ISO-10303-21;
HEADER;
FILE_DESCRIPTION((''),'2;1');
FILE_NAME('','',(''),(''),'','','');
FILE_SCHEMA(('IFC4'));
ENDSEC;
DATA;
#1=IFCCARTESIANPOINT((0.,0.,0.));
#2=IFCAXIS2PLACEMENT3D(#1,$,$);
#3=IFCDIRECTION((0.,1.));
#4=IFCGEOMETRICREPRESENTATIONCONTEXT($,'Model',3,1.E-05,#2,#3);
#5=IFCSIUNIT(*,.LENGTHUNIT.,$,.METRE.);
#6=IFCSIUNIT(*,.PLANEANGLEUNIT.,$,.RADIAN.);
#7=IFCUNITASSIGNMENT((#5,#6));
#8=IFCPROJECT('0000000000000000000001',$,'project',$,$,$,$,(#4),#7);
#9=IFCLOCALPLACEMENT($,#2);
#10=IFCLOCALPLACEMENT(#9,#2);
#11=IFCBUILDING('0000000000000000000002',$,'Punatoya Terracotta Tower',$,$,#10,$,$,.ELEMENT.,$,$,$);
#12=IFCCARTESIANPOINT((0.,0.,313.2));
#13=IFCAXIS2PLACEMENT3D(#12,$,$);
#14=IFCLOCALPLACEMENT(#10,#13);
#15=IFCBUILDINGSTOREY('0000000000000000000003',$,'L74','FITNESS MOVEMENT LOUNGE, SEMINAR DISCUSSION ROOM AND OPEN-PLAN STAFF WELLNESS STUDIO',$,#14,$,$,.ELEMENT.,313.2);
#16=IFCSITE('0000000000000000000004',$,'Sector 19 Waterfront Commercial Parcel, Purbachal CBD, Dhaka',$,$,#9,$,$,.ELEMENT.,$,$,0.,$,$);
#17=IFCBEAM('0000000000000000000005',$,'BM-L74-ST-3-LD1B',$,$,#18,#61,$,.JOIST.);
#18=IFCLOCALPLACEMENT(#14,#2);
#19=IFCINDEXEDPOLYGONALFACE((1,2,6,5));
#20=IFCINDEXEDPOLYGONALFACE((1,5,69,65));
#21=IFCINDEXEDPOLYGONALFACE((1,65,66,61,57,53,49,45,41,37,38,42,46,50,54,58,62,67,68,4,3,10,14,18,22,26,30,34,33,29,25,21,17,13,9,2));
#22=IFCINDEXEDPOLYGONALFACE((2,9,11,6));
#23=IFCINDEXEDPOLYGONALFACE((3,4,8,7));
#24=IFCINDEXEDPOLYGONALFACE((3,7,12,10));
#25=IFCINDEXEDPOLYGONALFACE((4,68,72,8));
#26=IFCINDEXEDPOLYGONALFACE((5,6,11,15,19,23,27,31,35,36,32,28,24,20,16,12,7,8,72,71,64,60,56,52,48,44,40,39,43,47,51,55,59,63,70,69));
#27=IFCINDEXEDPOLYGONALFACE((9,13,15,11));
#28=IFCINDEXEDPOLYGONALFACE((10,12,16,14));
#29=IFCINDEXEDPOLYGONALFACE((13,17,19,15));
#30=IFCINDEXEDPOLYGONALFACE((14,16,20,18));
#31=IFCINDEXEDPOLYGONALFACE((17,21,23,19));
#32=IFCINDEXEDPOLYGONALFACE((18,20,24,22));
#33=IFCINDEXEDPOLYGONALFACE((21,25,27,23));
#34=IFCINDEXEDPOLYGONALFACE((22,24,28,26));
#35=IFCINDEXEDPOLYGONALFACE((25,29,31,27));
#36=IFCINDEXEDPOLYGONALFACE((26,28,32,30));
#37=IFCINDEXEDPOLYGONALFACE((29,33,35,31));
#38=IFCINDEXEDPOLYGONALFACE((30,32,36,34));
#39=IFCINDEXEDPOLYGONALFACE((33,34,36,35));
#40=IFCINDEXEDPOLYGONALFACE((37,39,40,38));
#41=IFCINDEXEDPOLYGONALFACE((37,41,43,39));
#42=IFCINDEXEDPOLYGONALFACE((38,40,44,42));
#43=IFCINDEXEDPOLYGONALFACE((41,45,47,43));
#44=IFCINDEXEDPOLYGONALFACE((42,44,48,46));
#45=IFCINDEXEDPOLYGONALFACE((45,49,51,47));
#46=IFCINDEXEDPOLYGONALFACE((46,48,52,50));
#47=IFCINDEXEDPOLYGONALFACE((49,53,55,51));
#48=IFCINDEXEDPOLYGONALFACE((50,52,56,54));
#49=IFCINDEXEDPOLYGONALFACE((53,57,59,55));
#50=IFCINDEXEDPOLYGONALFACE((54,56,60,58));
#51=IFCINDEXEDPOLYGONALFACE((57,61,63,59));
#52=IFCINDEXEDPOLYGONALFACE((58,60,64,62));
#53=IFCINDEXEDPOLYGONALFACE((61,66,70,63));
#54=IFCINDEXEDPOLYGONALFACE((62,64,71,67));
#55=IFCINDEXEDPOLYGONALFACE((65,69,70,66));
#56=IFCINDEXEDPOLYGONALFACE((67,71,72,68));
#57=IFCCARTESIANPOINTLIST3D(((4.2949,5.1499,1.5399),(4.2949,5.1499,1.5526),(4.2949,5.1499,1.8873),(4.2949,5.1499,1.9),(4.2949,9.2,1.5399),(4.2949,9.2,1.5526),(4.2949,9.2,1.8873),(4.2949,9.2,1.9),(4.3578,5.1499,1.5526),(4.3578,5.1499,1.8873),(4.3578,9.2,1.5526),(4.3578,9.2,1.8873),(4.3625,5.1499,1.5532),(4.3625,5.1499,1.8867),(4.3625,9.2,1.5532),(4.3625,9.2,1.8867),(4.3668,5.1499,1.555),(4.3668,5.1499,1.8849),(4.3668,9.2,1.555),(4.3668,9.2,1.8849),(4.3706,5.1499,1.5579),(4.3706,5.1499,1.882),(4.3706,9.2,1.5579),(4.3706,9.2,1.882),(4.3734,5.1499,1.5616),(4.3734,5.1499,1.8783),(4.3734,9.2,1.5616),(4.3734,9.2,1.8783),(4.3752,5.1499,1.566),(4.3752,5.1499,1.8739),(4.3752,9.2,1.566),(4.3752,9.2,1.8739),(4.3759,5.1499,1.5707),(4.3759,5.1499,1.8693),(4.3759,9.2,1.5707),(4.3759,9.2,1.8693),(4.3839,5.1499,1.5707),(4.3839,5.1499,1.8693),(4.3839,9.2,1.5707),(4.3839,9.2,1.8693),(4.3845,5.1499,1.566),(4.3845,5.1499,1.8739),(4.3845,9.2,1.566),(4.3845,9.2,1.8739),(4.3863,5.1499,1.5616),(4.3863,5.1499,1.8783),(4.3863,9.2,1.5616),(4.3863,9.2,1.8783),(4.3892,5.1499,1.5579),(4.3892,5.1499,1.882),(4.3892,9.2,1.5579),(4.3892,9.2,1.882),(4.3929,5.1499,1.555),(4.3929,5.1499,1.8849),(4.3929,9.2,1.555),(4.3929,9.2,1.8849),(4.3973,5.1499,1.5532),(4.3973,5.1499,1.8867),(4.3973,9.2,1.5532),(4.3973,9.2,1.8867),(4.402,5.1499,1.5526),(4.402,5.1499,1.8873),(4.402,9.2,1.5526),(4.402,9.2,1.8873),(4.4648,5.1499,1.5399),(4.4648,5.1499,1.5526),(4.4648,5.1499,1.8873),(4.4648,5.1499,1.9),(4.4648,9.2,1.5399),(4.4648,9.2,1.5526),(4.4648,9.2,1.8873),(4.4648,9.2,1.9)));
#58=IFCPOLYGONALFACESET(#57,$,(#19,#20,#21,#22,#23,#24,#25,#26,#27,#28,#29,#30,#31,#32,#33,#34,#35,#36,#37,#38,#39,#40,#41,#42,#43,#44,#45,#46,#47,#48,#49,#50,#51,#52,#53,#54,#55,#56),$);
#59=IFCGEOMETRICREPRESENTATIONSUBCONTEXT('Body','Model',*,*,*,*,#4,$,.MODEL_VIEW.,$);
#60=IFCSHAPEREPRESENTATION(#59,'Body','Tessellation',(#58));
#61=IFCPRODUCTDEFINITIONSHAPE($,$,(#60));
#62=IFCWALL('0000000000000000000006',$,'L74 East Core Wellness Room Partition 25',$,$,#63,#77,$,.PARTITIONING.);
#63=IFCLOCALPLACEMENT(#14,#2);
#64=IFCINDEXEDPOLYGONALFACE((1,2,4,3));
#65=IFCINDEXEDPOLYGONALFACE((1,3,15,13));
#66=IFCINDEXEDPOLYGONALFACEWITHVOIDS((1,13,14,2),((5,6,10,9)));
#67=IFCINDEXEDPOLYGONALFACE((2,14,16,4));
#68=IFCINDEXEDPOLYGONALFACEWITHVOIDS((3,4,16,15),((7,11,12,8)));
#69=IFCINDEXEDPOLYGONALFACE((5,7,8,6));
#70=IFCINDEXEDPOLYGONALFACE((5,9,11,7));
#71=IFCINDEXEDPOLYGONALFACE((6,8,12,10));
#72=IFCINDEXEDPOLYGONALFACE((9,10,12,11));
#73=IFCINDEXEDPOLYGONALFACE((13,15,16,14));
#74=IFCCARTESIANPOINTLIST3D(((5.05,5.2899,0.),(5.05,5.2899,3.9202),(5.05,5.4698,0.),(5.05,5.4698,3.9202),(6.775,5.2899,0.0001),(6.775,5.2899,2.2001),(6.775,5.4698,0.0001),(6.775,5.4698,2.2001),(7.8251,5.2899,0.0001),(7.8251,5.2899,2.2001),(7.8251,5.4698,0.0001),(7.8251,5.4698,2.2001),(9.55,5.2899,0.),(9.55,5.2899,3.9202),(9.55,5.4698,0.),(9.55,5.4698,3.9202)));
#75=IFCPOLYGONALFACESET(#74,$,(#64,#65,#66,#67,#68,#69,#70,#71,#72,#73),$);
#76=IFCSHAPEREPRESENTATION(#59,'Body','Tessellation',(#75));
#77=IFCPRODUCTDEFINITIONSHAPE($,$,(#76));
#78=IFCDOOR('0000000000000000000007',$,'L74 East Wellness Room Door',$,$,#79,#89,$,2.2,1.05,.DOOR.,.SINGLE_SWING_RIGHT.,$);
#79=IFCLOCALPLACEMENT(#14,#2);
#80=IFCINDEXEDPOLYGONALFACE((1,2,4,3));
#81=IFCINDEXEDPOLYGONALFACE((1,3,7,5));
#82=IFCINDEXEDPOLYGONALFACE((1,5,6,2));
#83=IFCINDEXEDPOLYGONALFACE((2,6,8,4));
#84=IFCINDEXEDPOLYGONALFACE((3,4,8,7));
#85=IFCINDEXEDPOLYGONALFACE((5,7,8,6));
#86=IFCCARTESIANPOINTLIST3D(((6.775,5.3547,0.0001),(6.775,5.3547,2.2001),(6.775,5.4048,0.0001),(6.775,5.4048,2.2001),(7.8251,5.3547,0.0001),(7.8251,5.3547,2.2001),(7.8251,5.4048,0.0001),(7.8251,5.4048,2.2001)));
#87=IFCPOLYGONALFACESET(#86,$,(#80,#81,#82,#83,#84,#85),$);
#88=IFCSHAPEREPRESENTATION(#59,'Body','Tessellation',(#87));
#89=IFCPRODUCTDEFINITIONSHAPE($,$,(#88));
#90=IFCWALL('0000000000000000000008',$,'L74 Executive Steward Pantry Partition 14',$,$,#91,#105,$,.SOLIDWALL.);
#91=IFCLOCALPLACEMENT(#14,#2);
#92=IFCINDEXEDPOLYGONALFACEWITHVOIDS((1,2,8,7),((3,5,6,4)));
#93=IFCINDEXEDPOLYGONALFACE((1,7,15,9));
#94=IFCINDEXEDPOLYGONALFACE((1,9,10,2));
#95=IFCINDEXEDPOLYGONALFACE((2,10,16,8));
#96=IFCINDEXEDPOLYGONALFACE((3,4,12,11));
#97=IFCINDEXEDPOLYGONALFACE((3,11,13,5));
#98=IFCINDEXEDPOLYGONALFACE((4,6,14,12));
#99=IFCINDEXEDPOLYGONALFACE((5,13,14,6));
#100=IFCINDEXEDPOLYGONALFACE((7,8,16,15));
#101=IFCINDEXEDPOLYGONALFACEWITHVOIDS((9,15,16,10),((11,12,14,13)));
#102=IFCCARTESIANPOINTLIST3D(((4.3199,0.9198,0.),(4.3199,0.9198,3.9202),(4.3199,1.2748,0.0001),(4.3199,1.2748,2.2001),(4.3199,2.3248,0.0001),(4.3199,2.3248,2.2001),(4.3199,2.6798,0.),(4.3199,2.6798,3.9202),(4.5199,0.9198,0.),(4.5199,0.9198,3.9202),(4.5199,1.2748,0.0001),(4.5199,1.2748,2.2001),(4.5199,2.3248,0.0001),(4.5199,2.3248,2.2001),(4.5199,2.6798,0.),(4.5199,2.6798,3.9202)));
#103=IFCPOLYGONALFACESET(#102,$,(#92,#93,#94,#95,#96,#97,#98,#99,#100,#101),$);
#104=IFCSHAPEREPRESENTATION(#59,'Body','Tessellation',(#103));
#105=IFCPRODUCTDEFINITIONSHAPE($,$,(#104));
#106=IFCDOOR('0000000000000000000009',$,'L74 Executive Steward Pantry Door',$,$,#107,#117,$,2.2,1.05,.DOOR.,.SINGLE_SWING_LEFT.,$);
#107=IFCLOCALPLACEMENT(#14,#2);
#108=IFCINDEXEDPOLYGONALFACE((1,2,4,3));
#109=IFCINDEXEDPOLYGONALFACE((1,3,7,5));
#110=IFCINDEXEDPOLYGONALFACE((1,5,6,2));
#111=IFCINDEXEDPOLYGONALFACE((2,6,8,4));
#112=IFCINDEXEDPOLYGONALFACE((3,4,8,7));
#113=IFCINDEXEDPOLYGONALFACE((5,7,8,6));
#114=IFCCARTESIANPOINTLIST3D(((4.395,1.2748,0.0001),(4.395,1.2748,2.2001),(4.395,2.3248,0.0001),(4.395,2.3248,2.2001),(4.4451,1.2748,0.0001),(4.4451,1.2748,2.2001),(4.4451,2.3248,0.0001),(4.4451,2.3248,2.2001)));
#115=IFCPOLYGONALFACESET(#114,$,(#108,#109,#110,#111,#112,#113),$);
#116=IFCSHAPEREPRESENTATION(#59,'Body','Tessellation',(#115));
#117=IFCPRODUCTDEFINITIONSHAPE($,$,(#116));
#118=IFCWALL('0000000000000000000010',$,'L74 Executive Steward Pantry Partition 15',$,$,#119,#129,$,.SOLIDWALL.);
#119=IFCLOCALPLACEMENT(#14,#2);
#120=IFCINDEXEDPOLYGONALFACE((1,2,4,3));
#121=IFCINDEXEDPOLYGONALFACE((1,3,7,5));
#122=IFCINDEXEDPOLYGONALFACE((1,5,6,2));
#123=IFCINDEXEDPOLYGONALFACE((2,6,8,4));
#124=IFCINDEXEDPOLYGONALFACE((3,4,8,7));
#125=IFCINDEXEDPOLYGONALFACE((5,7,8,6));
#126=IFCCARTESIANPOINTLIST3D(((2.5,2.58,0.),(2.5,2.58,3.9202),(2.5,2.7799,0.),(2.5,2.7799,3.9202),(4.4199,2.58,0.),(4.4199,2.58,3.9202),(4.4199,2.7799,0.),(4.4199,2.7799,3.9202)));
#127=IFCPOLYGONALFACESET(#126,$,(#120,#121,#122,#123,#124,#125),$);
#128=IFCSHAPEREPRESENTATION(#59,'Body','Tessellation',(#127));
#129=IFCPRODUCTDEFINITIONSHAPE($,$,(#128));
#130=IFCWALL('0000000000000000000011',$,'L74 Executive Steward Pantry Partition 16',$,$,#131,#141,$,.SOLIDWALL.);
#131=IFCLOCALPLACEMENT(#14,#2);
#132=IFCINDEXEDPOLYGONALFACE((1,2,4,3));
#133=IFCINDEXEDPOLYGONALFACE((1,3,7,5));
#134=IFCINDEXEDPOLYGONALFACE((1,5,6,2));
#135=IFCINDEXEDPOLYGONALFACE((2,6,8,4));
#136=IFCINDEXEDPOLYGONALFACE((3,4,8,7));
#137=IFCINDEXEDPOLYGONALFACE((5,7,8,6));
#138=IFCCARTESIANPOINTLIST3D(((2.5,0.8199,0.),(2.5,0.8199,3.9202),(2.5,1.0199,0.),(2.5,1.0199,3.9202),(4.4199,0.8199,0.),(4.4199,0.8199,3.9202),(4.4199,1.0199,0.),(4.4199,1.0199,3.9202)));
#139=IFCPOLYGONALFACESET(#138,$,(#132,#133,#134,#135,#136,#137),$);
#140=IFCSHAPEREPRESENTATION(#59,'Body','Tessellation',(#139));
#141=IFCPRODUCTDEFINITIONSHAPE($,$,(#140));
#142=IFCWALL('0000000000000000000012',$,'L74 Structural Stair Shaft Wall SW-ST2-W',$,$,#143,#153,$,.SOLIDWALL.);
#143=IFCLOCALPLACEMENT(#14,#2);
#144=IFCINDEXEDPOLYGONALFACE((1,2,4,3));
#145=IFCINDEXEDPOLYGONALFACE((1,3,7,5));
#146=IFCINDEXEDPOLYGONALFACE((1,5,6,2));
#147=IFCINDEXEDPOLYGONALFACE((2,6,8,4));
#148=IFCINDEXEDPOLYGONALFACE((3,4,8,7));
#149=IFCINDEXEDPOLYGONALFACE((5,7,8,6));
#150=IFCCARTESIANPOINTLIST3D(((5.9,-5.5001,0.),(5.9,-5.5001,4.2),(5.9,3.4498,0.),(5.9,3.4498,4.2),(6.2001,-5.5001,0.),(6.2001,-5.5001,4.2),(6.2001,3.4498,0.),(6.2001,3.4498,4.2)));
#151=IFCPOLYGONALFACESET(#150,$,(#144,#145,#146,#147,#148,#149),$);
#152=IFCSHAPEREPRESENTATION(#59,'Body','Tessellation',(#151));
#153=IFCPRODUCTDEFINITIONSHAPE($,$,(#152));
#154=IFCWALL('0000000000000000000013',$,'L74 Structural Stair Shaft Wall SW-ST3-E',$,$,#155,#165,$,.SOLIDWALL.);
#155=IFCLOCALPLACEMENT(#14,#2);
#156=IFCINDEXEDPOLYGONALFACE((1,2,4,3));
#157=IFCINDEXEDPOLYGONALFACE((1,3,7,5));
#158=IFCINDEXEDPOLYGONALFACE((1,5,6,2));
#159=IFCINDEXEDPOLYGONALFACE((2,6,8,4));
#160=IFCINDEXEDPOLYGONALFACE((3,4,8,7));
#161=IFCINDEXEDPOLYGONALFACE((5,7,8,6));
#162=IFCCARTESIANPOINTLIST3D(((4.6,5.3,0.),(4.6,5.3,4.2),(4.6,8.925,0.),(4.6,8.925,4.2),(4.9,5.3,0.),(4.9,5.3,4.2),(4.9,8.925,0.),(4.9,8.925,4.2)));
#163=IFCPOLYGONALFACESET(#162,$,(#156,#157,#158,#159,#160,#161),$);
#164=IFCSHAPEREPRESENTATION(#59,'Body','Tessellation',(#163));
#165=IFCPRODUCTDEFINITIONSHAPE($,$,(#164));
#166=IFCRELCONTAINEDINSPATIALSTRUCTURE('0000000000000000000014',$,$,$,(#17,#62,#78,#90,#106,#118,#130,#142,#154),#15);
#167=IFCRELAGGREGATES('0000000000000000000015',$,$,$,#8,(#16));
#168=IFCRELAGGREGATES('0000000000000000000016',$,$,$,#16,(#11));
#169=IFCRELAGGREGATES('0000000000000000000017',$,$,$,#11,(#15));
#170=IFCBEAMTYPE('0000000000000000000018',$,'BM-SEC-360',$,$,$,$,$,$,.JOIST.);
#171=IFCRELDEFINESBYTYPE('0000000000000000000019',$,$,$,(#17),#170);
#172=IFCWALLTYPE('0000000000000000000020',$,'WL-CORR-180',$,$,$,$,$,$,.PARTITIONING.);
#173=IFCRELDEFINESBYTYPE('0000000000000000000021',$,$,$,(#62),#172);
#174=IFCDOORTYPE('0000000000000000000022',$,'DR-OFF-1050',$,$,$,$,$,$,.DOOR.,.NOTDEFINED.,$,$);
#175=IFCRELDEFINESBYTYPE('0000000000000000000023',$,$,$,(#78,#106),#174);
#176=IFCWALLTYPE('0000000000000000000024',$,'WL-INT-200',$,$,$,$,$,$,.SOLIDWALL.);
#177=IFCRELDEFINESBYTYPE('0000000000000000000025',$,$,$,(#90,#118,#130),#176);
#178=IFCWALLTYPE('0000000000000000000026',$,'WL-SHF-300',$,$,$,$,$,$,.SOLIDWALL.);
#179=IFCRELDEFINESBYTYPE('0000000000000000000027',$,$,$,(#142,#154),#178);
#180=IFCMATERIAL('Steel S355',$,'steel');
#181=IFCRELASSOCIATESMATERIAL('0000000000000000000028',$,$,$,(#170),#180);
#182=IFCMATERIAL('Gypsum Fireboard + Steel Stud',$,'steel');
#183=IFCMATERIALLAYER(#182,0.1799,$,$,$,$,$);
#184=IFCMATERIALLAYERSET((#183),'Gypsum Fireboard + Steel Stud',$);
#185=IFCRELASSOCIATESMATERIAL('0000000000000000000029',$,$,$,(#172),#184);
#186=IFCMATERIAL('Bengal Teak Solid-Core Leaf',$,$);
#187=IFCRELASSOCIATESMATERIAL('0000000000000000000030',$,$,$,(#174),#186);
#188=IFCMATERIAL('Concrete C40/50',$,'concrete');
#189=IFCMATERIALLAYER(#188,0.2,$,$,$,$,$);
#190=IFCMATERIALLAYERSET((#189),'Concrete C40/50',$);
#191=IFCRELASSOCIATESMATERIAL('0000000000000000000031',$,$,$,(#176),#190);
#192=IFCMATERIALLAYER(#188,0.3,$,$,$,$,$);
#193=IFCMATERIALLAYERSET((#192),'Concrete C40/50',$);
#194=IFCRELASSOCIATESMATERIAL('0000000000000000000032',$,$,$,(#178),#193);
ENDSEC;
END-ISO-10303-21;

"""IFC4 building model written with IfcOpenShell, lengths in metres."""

from ifc_helpers import new_model, si_unit, direction, frame, frame_2d, origin, origin_2d, place, context, subcontext, project, spatial, rectangle, i_section, extrude, material, layer, layer_set, material_profile, profile_set, type_object, element, fill, save


model = new_model("IFC4")

# Units and contexts
model_context = context("Model", 3, precision=1e-05, world=origin(), true_north=direction((0.0, 1.0)))
body_context = subcontext(model_context, "Body", "Model", "MODEL_VIEW")
ifc_project = project(units=[si_unit("LENGTHUNIT", "METRE"), si_unit("PLANEANGLEUNIT", "RADIAN")], contexts=[model_context])

# Site, building, storey
site_placement = place(None, origin())
site = spatial("IfcSite", under=ifc_project, at=site_placement, Name="Sector 19 Waterfront Commercial Parcel, Purbachal CBD, Dhaka", CompositionType="ELEMENT", RefElevation=0.0)
building_placement = place(site_placement, origin())
building = spatial("IfcBuilding", under=site, at=building_placement, Name="Punatoya Terracotta Tower", CompositionType="ELEMENT")
storey_placement = place(building_placement, frame((0.0, 0.0, 313.2)))
storey = spatial("IfcBuildingStorey", under=building, at=storey_placement, Name="L74", Description="FITNESS MOVEMENT LOUNGE, SEMINAR DISCUSSION ROOM AND OPEN-PLAN STAFF WELLNESS STUDIO", CompositionType="ELEMENT", Elevation=313.2)

# Beam
ifc_material_1 = material(Name="Steel S355", Category="steel")
ifc_material_profile_1 = material_profile(ifc_material_1, i_section(OverallWidth=0.1699, OverallDepth=0.3601, WebThickness=0.0081, FlangeThickness=0.0127, FilletRadius=0.0181, at=origin_2d()))
ifc_profile_set_1 = profile_set([ifc_material_profile_1], Name="Steel S355")
beam_type_1 = type_object("IfcBeamType", Name="BM-SEC-360", PredefinedType="JOIST", material=ifc_profile_set_1)
for number, where, z_axis, x_axis, name in (
    (1, (4.3799, 5.1499, 1.72), (0.0, 1.0, 0.0), (-1.0, 0.0, 0.0), "BM-L74-ST-3-LD1B"),
):
    element("IfcBeam", number, at=place(storey_placement, frame(where, z_axis=z_axis, x_axis=x_axis)), inside=storey, type_object=beam_type_1, Name=name, PredefinedType="JOIST", context=body_context, shape_type="SweptSolid", body=[
        extrude(i_section(OverallWidth=0.1699, OverallDepth=0.3601, WebThickness=0.0081, FlangeThickness=0.0127, FilletRadius=0.0181, at=origin_2d()), origin(), (0.0, 0.0, 1.0), 4.05),
    ])

# Walls, openings, doors
ifc_material_2 = material(Name="Gypsum Fireboard + Steel Stud", Category="steel")
ifc_layer_1 = layer(ifc_material_2, 0.1799)
ifc_layer_set_1 = layer_set([ifc_layer_1], Name="Gypsum Fireboard + Steel Stud")
wall_type_1 = type_object("IfcWallType", Name="WL-CORR-180", PredefinedType="PARTITIONING", material=ifc_layer_set_1)
wall_1_placement = place(storey_placement, frame((5.05, 5.3799, 0.0), z_axis=(0.0, 0.0, 1.0), x_axis=(1.0, 0.0, 0.0)))
wall_1 = element("IfcWall", 2, at=wall_1_placement, inside=storey, type_object=wall_type_1, Name="L74 East Core Wellness Room Partition 25", PredefinedType="PARTITIONING", context=body_context, shape_type="SweptSolid", body=[
    extrude(rectangle(XDim=4.5, YDim=0.1799, at=frame_2d((2.25, 0.0))), origin(), (0.0, 0.0, 1.0), 3.9202),
])
opening_1_placement = place(wall_1_placement, frame((1.7251, 0.0, 0.0)))
opening_1 = element("IfcOpeningElement", 3, at=opening_1_placement, cuts=wall_1, PredefinedType="OPENING", context=body_context, shape_type="SweptSolid", body=[
    extrude(rectangle(XDim=1.05, YDim=2.2, at=frame_2d((0.5249, 1.1001))), frame((0.0, 0.0999, 0.0), z_axis=(0.0, -1.0, 0.0), x_axis=(1.0, 0.0, 0.0)), (0.0, 0.0, 1.0), 0.2),
])
ifc_material_3 = material(Name="Bengal Teak Solid-Core Leaf")
door_type_1 = type_object("IfcDoorType", Name="DR-OFF-1050", OperationType="NOTDEFINED", PredefinedType="DOOR", material=ifc_material_3)
door_1_placement = place(opening_1_placement, origin())
door_1 = element("IfcDoor", 4, at=door_1_placement, inside=storey, type_object=door_type_1, Name="L74 East Wellness Room Door", OperationType="SINGLE_SWING_RIGHT", OverallHeight=2.2, OverallWidth=1.05, PredefinedType="DOOR", context=body_context, shape_type="SweptSolid", body=[
    extrude(rectangle(XDim=1.05, YDim=2.2, at=frame_2d((0.5249, 1.1001))), frame((0.0, 0.0249, 0.0), z_axis=(0.0, -1.0, 0.0), x_axis=(1.0, 0.0, 0.0)), (0.0, 0.0, 1.0), 0.05),
])
fill(opening_1, door_1)
ifc_material_4 = material(Name="Concrete C40/50", Category="concrete")
ifc_layer_2 = layer(ifc_material_4, 0.2)
ifc_layer_set_2 = layer_set([ifc_layer_2], Name="Concrete C40/50")
wall_type_2 = type_object("IfcWallType", Name="WL-INT-200", PredefinedType="SOLIDWALL", material=ifc_layer_set_2)
wall_2_placement = place(storey_placement, frame((4.4199, 0.9199, 0.0), z_axis=(0.0, 0.0, 1.0), x_axis=(0.0, 1.0, 0.0)))
wall_2 = element("IfcWall", 5, at=wall_2_placement, inside=storey, type_object=wall_type_2, Name="L74 Executive Steward Pantry Partition 14", PredefinedType="SOLIDWALL", context=body_context, shape_type="SweptSolid", body=[
    extrude(rectangle(XDim=1.76, YDim=0.2, at=frame_2d((0.8799, 0.0))), origin(), (0.0, 0.0, 1.0), 3.9202),
])
opening_2_placement = place(wall_2_placement, frame((0.355, 0.0, 0.0)))
opening_2 = element("IfcOpeningElement", 6, at=opening_2_placement, cuts=wall_2, PredefinedType="OPENING", context=body_context, shape_type="SweptSolid", body=[
    extrude(rectangle(XDim=1.05, YDim=2.2, at=frame_2d((0.5249, 1.1001))), frame((0.0, 0.1099, 0.0), z_axis=(0.0, -1.0, 0.0), x_axis=(1.0, 0.0, 0.0)), (0.0, 0.0, 1.0), 0.22),
])
door_2_placement = place(opening_2_placement, origin())
door_2 = element("IfcDoor", 7, at=door_2_placement, inside=storey, type_object=door_type_1, Name="L74 Executive Steward Pantry Door", OperationType="SINGLE_SWING_LEFT", OverallHeight=2.2, OverallWidth=1.05, PredefinedType="DOOR", context=body_context, shape_type="SweptSolid", body=[
    extrude(rectangle(XDim=1.05, YDim=2.2, at=frame_2d((0.5249, 1.1001))), frame((0.0, 0.0249, 0.0), z_axis=(0.0, -1.0, 0.0), x_axis=(1.0, 0.0, 0.0)), (0.0, 0.0, 1.0), 0.05),
])
fill(opening_2, door_2)

# Walls
for number, where, z_axis, x_axis, name in (
    (8, (4.4199, 2.6799, 0.0), (0.0, 0.0, 1.0), (-1.0, 0.0, 0.0), "L74 Executive Steward Pantry Partition 15"),
    (9, (2.5, 0.9199, 0.0), (0.0, 0.0, 1.0), (1.0, 0.0, 0.0), "L74 Executive Steward Pantry Partition 16"),
):
    element("IfcWall", number, at=place(storey_placement, frame(where, z_axis=z_axis, x_axis=x_axis)), inside=storey, type_object=wall_type_2, Name=name, PredefinedType="SOLIDWALL", context=body_context, shape_type="SweptSolid", body=[
        extrude(rectangle(XDim=1.9199, YDim=0.2, at=frame_2d((0.96, 0.0))), origin(), (0.0, 0.0, 1.0), 3.9202),
    ])
ifc_layer_3 = layer(ifc_material_4, 0.3)
ifc_layer_set_3 = layer_set([ifc_layer_3], Name="Concrete C40/50")
wall_type_3 = type_object("IfcWallType", Name="WL-SHF-300", PredefinedType="SOLIDWALL", material=ifc_layer_set_3)
wall_3_placement = place(storey_placement, frame((6.05, 3.45, 0.0), z_axis=(0.0, 0.0, 1.0), x_axis=(0.0, -1.0, 0.0)))
element("IfcWall", 10, at=wall_3_placement, inside=storey, type_object=wall_type_3, Name="L74 Structural Stair Shaft Wall SW-ST2-W", PredefinedType="SOLIDWALL", context=body_context, shape_type="SweptSolid", body=[
    extrude(rectangle(XDim=8.95, YDim=0.3, at=frame_2d((4.4751, 0.0))), origin(), (0.0, 0.0, 1.0), 4.2),
])
wall_4_placement = place(storey_placement, frame((4.75, 8.925, 0.0), z_axis=(0.0, 0.0, 1.0), x_axis=(0.0, -1.0, 0.0)))
element("IfcWall", 11, at=wall_4_placement, inside=storey, type_object=wall_type_3, Name="L74 Structural Stair Shaft Wall SW-ST3-E", PredefinedType="SOLIDWALL", context=body_context, shape_type="SweptSolid", body=[
    extrude(rectangle(XDim=3.625, YDim=0.3, at=frame_2d((1.8125, 0.0))), origin(), (0.0, 0.0, 1.0), 4.2),
])

save(model, "model.ifc")
